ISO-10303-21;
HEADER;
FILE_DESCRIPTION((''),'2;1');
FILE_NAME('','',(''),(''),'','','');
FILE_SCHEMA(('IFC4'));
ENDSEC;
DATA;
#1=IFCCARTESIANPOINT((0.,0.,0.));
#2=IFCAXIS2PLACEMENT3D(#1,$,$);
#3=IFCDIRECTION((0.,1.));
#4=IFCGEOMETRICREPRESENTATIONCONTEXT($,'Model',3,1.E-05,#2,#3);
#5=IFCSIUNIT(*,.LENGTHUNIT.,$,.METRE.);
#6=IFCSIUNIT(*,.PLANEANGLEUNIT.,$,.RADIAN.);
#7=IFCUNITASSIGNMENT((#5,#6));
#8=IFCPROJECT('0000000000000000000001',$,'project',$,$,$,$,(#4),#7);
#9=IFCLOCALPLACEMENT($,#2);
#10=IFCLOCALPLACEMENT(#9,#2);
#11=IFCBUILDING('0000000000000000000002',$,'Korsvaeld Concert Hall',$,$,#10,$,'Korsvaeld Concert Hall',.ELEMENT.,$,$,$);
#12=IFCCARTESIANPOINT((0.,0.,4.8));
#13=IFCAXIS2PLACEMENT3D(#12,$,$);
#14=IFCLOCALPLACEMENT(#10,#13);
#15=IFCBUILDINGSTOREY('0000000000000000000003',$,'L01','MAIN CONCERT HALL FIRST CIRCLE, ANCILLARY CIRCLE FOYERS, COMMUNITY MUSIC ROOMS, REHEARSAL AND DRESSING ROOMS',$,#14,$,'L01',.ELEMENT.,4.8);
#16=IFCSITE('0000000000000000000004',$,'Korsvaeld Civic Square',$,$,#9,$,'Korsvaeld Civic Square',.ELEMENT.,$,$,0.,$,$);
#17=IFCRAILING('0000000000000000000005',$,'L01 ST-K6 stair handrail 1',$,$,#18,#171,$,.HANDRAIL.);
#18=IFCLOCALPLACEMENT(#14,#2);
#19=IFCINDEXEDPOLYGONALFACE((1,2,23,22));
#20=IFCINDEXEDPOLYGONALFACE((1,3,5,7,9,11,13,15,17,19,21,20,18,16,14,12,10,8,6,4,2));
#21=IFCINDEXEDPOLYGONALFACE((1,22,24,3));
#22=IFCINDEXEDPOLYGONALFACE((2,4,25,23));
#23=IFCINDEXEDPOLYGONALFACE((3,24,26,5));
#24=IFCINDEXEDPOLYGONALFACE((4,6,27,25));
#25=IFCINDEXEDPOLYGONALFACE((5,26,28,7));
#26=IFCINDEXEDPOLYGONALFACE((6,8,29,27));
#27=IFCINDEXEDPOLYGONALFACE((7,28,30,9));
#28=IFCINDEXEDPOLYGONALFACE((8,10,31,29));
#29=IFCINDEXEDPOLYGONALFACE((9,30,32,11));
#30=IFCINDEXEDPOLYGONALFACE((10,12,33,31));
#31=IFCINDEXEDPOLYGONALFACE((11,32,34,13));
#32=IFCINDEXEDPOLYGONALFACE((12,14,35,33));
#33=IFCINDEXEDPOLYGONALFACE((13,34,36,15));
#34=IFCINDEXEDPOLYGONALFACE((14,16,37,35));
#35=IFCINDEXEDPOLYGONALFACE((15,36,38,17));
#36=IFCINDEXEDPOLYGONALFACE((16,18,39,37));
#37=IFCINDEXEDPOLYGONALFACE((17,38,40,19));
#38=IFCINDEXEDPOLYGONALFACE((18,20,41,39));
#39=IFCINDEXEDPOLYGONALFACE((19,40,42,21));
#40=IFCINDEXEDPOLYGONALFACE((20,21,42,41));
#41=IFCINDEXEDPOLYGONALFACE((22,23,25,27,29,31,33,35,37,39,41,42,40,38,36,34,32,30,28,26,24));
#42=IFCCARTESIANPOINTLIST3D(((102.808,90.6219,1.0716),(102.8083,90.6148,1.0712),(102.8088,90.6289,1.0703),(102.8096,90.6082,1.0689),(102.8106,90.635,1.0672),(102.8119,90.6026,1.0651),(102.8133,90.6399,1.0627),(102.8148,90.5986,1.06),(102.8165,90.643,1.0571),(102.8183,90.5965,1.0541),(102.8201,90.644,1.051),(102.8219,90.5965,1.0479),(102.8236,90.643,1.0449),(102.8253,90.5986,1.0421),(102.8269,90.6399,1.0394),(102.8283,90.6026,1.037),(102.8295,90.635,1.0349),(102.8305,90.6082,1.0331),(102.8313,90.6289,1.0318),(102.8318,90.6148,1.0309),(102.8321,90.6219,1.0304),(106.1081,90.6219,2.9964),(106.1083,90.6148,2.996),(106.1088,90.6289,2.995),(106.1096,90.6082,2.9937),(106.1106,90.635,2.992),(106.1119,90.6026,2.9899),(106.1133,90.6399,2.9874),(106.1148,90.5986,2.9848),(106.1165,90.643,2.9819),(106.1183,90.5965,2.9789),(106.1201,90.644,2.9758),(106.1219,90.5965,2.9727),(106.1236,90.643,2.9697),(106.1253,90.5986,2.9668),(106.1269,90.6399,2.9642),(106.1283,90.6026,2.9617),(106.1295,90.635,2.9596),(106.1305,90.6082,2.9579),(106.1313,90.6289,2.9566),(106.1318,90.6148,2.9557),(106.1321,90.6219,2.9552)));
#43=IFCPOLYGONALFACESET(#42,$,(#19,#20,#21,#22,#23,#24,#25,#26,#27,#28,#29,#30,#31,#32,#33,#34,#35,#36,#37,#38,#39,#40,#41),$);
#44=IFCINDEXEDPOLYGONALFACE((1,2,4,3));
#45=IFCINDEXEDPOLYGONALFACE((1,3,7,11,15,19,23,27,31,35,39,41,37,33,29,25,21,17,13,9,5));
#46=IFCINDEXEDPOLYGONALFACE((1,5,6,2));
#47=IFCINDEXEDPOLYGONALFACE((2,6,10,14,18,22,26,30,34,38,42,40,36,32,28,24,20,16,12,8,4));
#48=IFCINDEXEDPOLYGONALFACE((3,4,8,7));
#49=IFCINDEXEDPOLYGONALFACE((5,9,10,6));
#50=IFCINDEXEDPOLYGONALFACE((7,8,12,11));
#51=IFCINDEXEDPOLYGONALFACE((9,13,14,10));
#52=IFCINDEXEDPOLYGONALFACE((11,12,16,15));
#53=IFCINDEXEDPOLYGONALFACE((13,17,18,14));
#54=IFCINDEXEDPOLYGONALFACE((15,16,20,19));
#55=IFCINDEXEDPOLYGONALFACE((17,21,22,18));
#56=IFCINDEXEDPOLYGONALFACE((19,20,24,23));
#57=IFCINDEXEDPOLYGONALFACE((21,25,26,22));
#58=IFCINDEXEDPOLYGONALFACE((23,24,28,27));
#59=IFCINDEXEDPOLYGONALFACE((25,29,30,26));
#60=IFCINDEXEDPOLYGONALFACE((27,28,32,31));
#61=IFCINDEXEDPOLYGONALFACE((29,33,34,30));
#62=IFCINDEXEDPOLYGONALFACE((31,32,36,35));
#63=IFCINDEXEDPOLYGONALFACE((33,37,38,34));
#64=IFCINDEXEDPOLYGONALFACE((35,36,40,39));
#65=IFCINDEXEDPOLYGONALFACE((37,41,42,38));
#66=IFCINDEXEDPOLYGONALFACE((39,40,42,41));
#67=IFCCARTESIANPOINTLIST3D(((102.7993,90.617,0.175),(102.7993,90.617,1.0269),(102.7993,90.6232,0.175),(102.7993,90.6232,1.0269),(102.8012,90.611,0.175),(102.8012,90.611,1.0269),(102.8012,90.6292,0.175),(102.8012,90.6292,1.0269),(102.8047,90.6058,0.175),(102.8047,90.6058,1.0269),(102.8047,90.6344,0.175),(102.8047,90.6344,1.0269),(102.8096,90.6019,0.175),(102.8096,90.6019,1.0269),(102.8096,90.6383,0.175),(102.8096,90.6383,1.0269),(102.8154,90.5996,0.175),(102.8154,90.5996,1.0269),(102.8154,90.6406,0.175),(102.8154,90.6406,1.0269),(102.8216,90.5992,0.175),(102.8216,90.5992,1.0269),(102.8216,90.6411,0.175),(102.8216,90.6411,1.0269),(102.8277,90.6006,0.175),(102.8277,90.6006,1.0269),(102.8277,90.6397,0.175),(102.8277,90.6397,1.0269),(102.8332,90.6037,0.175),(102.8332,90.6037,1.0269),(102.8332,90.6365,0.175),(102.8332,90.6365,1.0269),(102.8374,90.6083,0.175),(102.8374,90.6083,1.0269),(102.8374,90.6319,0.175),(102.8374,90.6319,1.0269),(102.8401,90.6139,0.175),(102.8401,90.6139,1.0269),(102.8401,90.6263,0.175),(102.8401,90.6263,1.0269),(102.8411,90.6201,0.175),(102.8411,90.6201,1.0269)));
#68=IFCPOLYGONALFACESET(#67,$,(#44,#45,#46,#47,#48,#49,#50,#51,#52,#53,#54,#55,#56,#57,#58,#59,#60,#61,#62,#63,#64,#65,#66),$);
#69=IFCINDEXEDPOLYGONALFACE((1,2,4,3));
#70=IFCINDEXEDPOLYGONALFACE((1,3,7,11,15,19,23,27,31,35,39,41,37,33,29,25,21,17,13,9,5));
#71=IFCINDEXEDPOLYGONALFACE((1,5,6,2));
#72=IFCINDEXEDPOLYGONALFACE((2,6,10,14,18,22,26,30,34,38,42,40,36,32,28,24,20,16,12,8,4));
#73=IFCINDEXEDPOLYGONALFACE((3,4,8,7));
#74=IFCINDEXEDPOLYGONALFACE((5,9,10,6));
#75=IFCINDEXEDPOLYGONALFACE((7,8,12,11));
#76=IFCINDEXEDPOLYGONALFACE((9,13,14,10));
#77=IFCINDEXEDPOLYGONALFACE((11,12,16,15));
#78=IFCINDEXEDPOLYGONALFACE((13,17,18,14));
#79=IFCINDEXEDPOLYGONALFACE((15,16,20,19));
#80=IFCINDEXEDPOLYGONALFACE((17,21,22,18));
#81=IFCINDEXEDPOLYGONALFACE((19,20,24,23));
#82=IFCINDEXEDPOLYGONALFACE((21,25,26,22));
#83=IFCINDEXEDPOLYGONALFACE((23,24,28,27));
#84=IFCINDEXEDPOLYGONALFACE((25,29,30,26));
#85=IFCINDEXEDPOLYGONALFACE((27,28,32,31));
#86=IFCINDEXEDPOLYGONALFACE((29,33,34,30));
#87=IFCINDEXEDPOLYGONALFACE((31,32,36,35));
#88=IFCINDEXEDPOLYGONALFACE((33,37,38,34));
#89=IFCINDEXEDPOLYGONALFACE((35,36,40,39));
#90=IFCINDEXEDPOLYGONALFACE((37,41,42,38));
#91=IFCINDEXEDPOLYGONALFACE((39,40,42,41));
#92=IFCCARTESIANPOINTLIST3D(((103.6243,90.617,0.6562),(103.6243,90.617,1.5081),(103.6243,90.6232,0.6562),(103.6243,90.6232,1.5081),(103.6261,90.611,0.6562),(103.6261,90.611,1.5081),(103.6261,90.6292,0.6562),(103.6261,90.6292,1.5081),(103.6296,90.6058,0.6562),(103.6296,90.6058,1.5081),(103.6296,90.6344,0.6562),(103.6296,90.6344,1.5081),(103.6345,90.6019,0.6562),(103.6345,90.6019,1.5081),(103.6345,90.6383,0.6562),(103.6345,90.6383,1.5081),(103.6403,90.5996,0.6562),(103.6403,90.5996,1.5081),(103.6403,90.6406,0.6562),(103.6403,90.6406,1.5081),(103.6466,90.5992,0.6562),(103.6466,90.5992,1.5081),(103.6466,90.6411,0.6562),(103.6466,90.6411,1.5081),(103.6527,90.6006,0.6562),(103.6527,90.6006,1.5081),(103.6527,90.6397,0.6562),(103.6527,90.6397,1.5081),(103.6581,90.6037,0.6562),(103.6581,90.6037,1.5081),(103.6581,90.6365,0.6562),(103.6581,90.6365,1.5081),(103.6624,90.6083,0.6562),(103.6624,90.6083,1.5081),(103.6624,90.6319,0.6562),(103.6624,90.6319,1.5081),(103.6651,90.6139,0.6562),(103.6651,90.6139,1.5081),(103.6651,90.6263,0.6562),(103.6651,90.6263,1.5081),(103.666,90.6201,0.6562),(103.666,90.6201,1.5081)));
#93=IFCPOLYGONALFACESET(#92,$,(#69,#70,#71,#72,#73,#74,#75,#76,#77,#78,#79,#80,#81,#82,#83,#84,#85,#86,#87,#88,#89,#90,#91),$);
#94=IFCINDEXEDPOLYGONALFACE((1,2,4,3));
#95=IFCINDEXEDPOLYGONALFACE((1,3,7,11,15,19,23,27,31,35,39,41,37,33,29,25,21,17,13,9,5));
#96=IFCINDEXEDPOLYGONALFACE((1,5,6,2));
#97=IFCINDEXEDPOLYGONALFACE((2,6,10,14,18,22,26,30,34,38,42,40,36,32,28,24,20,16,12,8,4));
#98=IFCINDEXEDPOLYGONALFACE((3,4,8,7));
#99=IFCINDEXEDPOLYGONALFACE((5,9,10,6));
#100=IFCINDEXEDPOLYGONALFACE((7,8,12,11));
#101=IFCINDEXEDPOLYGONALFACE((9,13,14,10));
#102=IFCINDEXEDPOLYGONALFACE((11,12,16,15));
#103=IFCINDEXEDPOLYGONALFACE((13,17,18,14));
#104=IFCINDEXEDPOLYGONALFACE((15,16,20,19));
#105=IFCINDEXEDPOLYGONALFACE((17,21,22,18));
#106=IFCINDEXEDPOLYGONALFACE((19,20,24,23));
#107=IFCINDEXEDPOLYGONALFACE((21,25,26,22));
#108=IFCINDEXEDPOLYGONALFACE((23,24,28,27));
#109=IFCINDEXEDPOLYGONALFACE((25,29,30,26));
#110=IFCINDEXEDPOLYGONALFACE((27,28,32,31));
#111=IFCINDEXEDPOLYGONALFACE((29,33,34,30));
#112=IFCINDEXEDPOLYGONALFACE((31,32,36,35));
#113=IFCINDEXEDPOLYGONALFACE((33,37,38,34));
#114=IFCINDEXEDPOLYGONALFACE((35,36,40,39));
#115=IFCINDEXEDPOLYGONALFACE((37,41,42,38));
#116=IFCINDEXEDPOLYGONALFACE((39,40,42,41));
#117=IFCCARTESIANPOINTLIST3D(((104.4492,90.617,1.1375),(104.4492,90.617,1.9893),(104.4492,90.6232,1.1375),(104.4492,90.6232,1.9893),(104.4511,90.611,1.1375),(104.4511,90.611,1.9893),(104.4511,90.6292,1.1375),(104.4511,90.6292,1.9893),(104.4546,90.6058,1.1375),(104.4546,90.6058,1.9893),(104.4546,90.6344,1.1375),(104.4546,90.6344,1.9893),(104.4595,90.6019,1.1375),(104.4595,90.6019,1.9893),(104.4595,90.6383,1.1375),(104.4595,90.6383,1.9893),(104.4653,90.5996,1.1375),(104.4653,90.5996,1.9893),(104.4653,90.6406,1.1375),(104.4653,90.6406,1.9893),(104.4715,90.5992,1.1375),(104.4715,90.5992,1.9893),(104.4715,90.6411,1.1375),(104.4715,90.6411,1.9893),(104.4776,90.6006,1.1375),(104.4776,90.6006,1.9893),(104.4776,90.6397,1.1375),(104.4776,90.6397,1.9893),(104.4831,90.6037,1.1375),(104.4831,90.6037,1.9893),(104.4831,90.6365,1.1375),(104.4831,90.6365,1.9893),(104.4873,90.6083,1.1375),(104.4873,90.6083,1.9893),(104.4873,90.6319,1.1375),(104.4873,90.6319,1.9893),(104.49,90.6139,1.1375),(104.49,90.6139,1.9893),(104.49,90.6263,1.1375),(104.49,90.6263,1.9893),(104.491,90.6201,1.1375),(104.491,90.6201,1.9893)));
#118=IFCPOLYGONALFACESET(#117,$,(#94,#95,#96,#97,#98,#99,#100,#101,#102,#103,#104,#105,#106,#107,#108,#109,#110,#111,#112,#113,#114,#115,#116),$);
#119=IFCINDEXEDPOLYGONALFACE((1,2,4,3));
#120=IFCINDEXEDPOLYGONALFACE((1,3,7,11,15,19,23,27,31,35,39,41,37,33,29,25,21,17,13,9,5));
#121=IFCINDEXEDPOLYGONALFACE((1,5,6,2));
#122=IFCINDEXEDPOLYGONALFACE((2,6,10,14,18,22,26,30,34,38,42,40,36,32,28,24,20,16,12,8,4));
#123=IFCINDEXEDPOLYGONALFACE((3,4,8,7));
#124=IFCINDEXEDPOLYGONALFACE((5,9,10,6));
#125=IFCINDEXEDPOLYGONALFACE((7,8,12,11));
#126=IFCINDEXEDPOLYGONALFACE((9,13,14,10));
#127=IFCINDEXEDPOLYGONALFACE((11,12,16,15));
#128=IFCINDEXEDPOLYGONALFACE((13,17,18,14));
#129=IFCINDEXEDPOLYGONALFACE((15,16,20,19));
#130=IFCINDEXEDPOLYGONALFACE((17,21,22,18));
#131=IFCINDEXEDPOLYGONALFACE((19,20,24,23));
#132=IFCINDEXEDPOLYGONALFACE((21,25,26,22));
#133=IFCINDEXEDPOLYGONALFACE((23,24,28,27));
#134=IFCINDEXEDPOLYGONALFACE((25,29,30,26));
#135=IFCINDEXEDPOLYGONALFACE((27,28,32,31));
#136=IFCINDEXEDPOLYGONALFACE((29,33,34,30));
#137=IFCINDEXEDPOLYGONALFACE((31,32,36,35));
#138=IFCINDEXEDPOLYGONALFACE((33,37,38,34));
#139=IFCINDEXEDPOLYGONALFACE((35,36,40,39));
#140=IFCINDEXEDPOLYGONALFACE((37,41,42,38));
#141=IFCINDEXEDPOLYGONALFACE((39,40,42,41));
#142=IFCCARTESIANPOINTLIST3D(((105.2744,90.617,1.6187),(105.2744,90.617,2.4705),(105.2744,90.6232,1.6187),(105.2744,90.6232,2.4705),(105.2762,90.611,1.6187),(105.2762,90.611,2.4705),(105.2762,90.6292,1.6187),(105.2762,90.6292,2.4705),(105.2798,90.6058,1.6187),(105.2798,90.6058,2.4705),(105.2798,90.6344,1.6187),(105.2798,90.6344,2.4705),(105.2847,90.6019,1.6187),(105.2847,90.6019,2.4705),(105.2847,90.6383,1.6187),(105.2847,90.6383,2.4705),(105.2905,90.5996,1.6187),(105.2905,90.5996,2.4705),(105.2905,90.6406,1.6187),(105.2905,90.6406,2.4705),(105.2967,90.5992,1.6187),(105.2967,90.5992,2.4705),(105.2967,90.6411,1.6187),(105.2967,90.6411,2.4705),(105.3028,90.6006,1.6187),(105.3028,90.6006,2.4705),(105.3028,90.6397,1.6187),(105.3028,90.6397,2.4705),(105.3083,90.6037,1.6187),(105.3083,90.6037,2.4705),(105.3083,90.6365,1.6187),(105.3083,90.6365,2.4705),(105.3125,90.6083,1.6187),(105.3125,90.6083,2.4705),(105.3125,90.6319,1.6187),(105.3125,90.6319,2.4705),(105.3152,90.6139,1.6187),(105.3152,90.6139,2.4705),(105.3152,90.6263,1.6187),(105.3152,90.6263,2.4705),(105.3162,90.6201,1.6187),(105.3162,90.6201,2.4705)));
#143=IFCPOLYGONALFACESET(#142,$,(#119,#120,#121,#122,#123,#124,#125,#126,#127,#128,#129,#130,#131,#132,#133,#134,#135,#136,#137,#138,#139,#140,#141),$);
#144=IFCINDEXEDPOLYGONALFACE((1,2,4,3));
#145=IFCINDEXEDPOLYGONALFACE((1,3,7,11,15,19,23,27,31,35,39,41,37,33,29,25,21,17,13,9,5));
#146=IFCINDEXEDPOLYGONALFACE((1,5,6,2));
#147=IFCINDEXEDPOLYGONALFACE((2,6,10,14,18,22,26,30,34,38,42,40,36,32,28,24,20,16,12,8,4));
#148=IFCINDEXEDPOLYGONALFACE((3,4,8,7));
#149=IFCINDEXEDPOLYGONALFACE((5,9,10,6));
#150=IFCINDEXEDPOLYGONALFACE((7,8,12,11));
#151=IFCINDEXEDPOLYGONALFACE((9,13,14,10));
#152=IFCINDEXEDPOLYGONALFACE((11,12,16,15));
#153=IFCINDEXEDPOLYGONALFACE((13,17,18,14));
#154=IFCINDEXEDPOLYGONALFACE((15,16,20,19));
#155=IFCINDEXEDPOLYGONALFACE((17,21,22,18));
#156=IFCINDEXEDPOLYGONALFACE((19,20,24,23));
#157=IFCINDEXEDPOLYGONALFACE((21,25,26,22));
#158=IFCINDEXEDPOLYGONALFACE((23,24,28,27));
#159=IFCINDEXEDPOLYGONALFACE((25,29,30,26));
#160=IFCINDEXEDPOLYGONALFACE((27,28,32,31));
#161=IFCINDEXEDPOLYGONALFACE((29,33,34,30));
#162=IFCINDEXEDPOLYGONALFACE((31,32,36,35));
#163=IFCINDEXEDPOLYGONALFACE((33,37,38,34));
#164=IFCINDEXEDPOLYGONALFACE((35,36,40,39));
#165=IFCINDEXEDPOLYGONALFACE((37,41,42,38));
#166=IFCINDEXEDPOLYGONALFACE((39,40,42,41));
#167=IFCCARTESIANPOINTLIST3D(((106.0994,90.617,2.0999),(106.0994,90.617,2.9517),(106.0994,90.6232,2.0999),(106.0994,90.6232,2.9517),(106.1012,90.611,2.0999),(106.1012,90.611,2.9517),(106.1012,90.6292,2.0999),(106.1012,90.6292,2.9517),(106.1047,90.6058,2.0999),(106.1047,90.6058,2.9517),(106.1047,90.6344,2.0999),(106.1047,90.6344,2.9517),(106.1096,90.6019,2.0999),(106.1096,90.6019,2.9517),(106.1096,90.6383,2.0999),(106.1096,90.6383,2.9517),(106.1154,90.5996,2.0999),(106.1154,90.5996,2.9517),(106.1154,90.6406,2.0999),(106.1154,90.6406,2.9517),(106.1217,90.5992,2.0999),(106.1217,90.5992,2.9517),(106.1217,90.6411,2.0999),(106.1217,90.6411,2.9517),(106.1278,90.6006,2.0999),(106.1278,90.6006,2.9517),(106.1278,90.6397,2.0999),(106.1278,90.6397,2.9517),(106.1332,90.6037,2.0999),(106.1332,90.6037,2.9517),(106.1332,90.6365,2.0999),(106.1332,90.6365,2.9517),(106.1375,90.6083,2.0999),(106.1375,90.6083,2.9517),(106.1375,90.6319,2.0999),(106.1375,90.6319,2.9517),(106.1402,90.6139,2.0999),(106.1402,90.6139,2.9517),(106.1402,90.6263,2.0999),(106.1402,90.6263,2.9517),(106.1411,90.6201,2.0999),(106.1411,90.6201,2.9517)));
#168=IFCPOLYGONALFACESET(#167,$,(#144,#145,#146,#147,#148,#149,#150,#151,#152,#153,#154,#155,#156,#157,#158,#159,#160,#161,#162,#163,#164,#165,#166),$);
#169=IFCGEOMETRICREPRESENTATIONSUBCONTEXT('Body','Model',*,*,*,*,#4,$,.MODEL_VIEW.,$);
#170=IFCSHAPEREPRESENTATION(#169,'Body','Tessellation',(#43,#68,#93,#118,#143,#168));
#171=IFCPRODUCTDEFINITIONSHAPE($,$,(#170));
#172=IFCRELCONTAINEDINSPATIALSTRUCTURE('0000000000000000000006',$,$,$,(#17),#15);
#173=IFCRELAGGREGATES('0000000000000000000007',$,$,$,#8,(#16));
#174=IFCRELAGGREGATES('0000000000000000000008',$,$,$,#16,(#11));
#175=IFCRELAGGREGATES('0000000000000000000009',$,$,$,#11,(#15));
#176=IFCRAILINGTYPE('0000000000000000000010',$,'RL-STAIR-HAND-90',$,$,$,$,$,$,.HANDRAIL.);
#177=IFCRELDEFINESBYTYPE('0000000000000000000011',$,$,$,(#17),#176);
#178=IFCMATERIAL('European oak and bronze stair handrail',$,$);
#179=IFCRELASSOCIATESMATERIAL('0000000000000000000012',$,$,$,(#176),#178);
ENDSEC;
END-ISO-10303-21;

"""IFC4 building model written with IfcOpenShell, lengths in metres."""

from ifc_helpers import new_model, si_unit, direction, frame, origin, origin_2d, place, context, subcontext, project, spatial, circle, extrude, material, type_object, element, save


model = new_model("IFC4")

# Units and contexts
model_context = context("Model", 3, precision=1e-05, world=origin(), true_north=direction((0.0, 1.0)))
body_context = subcontext(model_context, "Body", "Model", "MODEL_VIEW")
ifc_project = project(units=[si_unit("LENGTHUNIT", "METRE"), si_unit("PLANEANGLEUNIT", "RADIAN")], contexts=[model_context])

# Site, building, storey
site_placement = place(None, origin())
site = spatial("IfcSite", under=ifc_project, at=site_placement, Name="Korsvaeld Civic Square", LongName="Korsvaeld Civic Square", CompositionType="ELEMENT", RefElevation=0.0)
building_placement = place(site_placement, origin())
building = spatial("IfcBuilding", under=site, at=building_placement, Name="Korsvaeld Concert Hall", LongName="Korsvaeld Concert Hall", CompositionType="ELEMENT")
storey_placement = place(building_placement, frame((0.0, 0.0, 4.8)))
storey = spatial("IfcBuildingStorey", under=building, at=storey_placement, Name="L01", Description="MAIN CONCERT HALL FIRST CIRCLE, ANCILLARY CIRCLE FOYERS, COMMUNITY MUSIC ROOMS, REHEARSAL AND DRESSING ROOMS", LongName="L01", CompositionType="ELEMENT", Elevation=4.8)

# Railing
ifc_material_1 = material(Name="European oak and bronze stair handrail")
railing_type_1 = type_object("IfcRailingType", Name="RL-STAIR-HAND-90", PredefinedType="HANDRAIL", material=ifc_material_1)
railing_1_placement = place(storey_placement, frame((102.8201, 90.6201, 0.175)))
element("IfcRailing", 1, at=railing_1_placement, inside=storey, type_object=railing_type_1, Name="L01 ST-K6 stair handrail 1", PredefinedType="HANDRAIL", context=body_context, shape_type="SweptSolid", body=[
    extrude(circle(Radius=0.0239, at=origin_2d()), frame((0.0, 0.0, 0.876), z_axis=(0.863804, 0.0, 0.503827), x_axis=(0.0, 1.0, 0.0)), (0.0, 0.0, 1.0), 3.8203),
    extrude(circle(Radius=0.021, at=origin_2d()), origin(), (0.0, 0.0, 1.0), 0.8518),
    extrude(circle(Radius=0.021, at=origin_2d()), frame((0.825, 0.0, 0.4812)), (0.0, 0.0, 1.0), 0.8518),
    extrude(circle(Radius=0.021, at=origin_2d()), frame((1.6499, 0.0, 0.9624)), (0.0, 0.0, 1.0), 0.8518),
    extrude(circle(Radius=0.021, at=origin_2d()), frame((2.4751, 0.0, 1.4436)), (0.0, 0.0, 1.0), 0.8518),
    extrude(circle(Radius=0.021, at=origin_2d()), frame((3.3, 0.0, 1.9248)), (0.0, 0.0, 1.0), 0.8518),
])

save(model, "model.ifc")
